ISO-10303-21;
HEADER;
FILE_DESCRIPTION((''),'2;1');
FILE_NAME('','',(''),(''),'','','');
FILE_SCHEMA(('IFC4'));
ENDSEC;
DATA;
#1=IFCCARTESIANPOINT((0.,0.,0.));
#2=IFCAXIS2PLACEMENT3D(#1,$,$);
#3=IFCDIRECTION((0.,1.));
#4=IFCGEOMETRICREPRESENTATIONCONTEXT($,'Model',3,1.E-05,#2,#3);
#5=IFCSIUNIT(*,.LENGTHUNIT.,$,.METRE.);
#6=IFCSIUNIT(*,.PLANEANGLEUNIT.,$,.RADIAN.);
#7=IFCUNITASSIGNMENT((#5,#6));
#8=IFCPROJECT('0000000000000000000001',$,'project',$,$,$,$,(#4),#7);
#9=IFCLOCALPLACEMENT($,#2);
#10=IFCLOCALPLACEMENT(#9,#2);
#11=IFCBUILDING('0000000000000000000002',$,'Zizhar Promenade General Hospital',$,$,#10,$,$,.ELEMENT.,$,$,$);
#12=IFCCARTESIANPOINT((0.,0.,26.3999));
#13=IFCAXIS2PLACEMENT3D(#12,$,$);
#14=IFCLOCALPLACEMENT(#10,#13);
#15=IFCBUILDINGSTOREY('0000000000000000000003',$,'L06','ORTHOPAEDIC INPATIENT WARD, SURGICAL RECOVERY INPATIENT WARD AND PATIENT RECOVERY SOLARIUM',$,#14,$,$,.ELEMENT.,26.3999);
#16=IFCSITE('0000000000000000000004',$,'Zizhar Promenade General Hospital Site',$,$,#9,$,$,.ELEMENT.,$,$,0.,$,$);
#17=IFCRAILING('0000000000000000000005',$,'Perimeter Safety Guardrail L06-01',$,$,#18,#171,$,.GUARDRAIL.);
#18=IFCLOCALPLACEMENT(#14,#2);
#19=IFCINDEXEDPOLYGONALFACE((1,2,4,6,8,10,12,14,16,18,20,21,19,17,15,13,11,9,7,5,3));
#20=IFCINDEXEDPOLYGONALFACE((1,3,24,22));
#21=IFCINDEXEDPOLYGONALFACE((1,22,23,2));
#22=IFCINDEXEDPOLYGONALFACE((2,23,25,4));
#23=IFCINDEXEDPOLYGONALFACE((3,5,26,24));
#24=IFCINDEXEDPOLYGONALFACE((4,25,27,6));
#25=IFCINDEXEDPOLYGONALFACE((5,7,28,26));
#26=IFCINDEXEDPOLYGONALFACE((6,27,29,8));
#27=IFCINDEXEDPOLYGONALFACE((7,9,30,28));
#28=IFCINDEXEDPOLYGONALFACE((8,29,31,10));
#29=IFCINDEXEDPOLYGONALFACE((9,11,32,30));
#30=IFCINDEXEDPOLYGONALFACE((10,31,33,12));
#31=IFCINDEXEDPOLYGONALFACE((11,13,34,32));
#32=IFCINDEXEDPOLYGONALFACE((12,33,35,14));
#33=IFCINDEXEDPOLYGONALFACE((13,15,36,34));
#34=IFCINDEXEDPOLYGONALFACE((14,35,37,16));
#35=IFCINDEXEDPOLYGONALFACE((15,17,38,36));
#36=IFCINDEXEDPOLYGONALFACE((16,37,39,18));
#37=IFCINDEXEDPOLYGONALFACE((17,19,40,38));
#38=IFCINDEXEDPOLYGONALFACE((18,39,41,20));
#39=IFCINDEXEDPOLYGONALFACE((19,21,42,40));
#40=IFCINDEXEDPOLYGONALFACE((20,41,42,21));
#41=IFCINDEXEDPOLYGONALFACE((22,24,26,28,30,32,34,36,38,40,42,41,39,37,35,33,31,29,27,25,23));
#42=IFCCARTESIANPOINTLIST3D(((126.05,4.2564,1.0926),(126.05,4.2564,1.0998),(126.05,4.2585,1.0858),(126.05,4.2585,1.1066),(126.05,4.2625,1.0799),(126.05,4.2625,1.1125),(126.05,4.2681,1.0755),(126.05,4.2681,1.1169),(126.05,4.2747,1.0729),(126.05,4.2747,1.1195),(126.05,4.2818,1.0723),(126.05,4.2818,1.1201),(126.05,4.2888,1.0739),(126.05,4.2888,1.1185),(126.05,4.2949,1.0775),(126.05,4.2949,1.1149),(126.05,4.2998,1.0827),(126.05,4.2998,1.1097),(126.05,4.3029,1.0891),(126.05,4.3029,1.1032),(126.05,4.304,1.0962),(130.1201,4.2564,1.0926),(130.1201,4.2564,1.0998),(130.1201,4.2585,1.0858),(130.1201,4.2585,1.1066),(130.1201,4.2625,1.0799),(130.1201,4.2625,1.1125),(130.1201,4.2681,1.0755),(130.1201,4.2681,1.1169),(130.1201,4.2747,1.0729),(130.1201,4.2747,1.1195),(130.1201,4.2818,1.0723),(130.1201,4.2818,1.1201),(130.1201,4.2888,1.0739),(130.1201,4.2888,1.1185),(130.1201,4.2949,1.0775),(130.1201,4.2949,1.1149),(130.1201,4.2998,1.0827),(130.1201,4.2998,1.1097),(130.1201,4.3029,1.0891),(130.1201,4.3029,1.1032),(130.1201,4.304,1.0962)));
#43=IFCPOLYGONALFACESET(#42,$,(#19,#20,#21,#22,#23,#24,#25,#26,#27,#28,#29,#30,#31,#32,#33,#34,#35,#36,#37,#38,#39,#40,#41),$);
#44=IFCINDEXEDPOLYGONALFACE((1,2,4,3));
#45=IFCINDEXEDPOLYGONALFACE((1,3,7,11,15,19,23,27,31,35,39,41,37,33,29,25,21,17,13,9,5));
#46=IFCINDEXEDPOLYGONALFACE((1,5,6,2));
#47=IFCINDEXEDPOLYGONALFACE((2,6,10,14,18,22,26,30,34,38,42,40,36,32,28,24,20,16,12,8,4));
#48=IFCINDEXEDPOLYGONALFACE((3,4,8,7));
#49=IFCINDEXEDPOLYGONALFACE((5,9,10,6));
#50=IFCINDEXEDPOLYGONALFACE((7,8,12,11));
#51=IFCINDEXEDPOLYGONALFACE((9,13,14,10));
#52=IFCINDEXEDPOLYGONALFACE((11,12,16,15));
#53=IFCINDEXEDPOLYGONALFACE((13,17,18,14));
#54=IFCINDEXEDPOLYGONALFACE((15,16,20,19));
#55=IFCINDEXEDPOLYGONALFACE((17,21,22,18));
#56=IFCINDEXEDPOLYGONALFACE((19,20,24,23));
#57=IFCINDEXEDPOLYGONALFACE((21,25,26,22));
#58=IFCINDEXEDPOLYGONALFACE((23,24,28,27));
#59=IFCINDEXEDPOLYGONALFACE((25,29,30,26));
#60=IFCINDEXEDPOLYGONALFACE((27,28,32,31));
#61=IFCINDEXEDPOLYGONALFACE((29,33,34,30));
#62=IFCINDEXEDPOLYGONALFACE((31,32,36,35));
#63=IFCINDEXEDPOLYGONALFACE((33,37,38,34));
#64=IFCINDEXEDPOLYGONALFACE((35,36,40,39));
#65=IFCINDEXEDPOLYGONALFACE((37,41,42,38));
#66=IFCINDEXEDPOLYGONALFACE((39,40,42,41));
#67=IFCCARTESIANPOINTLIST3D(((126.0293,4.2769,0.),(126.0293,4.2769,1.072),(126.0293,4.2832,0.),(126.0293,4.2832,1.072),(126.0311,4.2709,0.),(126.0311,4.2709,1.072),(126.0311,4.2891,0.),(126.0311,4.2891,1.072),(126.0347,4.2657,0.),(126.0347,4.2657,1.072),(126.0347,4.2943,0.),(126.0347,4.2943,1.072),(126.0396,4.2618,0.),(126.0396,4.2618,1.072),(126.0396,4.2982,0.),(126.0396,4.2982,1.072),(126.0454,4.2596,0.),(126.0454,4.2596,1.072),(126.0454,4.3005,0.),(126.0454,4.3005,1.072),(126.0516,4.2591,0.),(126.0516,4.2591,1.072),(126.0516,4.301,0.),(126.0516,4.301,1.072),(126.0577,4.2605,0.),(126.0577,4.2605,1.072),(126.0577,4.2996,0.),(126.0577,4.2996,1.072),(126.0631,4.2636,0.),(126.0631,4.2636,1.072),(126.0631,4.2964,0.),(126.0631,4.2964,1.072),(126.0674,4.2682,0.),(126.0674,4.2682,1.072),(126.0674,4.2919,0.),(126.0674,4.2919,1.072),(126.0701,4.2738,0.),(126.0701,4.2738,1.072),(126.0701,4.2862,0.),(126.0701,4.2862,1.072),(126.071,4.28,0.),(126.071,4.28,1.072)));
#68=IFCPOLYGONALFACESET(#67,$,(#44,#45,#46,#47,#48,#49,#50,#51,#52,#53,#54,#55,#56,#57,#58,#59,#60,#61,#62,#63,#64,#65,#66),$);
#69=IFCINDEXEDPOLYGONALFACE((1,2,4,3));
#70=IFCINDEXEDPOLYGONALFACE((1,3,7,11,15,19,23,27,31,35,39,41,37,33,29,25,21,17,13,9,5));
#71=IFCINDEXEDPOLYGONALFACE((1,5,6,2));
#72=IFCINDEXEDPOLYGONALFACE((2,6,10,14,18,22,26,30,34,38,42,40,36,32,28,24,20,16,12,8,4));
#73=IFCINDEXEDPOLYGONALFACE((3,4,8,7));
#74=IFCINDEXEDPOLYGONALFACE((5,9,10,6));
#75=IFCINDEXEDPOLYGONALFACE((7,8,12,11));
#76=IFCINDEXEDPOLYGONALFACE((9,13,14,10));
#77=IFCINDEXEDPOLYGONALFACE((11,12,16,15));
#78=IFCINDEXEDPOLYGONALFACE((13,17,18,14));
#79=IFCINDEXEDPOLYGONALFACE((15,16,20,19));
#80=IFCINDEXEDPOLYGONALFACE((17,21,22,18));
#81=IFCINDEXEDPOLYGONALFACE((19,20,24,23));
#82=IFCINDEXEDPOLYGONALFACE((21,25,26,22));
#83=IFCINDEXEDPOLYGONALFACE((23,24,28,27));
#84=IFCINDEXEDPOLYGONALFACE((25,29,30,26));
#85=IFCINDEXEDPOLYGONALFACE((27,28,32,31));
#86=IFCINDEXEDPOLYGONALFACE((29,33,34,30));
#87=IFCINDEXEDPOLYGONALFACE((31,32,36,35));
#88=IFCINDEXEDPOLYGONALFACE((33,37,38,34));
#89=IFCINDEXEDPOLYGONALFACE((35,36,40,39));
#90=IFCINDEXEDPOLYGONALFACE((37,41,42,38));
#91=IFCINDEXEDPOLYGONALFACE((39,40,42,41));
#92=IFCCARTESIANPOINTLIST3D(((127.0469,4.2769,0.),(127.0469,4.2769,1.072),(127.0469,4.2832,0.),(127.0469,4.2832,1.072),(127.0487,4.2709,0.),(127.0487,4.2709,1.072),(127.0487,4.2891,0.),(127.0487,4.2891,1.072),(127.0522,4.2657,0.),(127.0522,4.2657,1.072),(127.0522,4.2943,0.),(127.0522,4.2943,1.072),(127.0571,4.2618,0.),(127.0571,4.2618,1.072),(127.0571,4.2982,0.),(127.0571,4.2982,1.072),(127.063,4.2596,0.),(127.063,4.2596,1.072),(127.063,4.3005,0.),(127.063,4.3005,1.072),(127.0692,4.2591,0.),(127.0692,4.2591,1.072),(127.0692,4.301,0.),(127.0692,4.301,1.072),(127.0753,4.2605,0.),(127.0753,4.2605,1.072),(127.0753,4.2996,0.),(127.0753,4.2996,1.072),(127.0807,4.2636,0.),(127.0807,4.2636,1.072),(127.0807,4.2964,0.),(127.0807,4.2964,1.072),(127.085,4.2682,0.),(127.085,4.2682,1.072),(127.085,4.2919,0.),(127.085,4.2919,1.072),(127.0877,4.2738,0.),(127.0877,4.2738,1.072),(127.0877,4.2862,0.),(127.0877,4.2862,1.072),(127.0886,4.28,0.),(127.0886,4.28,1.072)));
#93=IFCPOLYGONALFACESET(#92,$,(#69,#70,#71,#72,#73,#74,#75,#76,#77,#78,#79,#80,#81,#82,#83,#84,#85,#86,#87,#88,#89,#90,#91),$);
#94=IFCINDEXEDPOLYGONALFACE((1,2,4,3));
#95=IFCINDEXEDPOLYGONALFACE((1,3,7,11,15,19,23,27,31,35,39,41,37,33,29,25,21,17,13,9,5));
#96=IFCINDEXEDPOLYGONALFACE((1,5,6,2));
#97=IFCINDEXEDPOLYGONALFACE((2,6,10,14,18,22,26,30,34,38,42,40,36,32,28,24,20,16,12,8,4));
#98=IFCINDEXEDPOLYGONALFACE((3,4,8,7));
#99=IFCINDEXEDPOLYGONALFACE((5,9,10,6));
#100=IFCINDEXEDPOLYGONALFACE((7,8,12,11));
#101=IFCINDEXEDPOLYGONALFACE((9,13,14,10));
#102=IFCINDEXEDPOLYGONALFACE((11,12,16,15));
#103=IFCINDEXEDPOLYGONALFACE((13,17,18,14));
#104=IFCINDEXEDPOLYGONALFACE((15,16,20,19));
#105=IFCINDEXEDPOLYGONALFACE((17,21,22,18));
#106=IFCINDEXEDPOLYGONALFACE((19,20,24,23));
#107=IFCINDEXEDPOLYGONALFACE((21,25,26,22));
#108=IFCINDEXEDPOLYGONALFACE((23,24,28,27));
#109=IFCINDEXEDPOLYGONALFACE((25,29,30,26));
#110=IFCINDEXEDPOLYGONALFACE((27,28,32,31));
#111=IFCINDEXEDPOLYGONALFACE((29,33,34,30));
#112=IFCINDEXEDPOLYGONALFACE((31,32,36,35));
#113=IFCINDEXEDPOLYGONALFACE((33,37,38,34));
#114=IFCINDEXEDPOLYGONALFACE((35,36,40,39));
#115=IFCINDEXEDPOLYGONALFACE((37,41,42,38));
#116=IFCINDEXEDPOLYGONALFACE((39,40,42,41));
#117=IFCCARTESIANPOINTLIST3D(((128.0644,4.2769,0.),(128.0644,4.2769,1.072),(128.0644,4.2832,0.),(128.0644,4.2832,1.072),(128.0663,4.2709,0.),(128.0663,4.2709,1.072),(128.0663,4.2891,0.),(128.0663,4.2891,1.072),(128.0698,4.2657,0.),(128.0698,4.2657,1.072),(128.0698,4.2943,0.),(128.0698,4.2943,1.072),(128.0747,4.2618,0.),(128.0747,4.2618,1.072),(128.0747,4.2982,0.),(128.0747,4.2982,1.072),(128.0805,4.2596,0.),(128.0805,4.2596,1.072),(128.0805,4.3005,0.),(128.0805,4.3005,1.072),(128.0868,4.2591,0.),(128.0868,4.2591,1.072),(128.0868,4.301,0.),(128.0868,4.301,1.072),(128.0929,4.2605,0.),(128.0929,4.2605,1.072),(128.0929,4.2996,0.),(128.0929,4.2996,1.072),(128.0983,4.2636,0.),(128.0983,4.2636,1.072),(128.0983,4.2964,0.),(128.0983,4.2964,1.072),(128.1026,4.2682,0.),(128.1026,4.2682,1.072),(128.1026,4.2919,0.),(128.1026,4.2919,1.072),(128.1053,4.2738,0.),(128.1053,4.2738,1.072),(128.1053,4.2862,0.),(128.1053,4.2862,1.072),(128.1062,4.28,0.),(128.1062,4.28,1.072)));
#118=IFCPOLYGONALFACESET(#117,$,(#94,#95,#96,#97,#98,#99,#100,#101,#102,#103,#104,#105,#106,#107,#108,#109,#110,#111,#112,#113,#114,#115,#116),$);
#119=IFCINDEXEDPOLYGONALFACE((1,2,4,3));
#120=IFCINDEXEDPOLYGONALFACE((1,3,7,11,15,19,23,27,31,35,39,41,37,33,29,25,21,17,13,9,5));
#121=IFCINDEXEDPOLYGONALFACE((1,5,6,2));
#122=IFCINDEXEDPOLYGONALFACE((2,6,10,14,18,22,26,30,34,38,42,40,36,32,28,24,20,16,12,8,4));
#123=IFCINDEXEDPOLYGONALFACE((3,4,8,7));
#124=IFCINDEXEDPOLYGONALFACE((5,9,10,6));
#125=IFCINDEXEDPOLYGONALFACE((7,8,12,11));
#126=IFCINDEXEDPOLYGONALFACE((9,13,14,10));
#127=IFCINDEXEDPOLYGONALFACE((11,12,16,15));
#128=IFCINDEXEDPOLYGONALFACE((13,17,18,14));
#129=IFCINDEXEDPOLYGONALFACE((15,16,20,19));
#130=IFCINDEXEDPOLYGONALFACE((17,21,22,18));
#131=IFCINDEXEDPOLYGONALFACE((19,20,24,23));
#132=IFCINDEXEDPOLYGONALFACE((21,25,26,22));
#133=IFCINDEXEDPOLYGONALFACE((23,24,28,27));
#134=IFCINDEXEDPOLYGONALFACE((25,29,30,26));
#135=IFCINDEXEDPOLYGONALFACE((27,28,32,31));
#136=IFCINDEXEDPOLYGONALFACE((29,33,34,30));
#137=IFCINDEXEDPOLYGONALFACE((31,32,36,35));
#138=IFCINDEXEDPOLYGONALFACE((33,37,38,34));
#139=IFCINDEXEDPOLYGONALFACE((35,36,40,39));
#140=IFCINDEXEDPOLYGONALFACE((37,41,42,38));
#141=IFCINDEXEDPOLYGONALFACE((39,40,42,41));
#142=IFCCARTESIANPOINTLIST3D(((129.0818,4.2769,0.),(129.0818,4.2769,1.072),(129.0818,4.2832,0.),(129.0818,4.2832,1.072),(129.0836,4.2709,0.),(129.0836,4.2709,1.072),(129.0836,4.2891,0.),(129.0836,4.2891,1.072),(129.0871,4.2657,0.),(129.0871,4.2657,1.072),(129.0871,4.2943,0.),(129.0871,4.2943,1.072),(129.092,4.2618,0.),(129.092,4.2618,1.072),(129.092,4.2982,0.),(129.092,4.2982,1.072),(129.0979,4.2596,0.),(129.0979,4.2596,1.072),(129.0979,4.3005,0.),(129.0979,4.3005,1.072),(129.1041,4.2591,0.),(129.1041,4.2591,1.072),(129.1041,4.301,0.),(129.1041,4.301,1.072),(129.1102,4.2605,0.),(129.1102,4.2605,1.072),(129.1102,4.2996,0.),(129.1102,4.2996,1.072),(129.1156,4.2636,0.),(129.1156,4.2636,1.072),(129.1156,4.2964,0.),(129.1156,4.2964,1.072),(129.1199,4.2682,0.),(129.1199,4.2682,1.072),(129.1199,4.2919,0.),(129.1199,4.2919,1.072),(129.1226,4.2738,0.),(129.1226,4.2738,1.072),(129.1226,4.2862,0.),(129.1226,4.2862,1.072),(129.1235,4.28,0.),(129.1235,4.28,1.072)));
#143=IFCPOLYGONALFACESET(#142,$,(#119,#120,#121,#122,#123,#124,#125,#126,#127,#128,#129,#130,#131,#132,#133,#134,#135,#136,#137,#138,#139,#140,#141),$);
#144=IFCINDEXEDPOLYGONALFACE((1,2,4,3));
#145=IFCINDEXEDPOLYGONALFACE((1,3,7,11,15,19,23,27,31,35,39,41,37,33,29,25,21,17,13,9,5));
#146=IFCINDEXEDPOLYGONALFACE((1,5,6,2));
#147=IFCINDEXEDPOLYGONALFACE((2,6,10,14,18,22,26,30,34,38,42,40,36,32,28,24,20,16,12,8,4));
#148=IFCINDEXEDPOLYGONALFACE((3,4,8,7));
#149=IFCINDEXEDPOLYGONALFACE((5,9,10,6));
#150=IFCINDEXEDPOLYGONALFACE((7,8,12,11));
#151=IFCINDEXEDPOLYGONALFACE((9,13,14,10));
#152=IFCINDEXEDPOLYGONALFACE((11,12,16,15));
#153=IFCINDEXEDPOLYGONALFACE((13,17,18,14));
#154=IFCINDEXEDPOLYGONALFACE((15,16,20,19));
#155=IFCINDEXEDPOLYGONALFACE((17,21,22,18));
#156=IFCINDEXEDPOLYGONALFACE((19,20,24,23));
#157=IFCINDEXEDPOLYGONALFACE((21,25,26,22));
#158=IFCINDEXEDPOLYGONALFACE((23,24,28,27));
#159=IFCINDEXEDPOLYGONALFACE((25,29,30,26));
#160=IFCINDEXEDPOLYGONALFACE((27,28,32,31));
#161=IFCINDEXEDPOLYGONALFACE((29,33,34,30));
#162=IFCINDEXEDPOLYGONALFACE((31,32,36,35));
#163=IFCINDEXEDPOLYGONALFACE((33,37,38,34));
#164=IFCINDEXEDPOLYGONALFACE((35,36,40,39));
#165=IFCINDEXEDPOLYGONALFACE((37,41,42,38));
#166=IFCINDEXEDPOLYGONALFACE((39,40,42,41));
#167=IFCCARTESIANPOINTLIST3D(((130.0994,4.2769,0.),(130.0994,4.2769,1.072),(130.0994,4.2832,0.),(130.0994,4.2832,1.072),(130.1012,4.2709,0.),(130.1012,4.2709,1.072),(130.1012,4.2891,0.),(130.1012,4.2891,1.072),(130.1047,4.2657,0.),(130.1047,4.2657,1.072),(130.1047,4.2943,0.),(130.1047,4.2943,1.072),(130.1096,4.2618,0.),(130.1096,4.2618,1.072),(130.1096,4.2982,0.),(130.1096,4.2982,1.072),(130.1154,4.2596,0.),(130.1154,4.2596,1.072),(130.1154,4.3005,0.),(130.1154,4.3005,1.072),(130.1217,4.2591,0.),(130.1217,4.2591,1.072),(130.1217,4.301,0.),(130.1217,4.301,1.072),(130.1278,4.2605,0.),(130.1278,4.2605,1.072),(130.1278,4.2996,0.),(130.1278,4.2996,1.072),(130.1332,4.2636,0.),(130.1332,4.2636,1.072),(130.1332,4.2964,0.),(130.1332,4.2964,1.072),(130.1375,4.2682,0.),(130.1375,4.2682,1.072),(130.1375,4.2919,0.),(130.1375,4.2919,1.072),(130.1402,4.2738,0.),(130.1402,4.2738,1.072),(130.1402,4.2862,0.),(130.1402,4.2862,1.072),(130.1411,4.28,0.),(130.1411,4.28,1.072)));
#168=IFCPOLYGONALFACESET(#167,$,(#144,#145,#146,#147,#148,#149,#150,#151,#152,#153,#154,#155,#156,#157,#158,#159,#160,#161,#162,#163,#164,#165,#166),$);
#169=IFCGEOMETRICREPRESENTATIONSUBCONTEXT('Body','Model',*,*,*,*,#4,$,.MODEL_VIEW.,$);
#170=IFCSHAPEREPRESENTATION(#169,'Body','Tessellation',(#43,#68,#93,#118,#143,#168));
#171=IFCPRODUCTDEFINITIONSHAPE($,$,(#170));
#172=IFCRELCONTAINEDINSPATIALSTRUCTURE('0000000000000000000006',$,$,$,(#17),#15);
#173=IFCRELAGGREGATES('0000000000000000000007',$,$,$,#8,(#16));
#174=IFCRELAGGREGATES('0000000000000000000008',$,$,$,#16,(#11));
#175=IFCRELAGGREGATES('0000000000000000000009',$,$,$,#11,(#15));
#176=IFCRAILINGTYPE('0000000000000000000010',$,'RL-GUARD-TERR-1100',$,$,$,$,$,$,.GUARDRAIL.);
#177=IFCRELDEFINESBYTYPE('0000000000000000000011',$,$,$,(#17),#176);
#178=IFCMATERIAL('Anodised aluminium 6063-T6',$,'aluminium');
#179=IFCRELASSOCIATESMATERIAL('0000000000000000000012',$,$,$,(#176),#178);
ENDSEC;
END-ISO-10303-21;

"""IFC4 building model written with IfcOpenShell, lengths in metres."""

from ifc_helpers import new_model, si_unit, direction, frame, origin, origin_2d, place, context, subcontext, project, spatial, circle, hollow_circle, extrude, material, material_profile, profile_set, type_object, element, save


model = new_model("IFC4")

# Units and contexts
model_context = context("Model", 3, precision=1e-05, world=origin(), true_north=direction((0.0, 1.0)))
body_context = subcontext(model_context, "Body", "Model", "MODEL_VIEW")
ifc_project = project(units=[si_unit("LENGTHUNIT", "METRE"), si_unit("PLANEANGLEUNIT", "RADIAN")], contexts=[model_context])

# Site, building, storey
site_placement = place(None, origin())
site = spatial("IfcSite", under=ifc_project, at=site_placement, Name="Zizhar Promenade General Hospital Site", CompositionType="ELEMENT", RefElevation=0.0)
building_placement = place(site_placement, origin())
building = spatial("IfcBuilding", under=site, at=building_placement, Name="Zizhar Promenade General Hospital", CompositionType="ELEMENT")
storey_placement = place(building_placement, frame((0.0, 0.0, 26.3999)))
storey = spatial("IfcBuildingStorey", under=building, at=storey_placement, Name="L06", Description="ORTHOPAEDIC INPATIENT WARD, SURGICAL RECOVERY INPATIENT WARD AND PATIENT RECOVERY SOLARIUM", CompositionType="ELEMENT", Elevation=26.3999)

# Railing
ifc_material_1 = material(Name="Anodised aluminium 6063-T6", Category="aluminium")
ifc_material_profile_1 = material_profile(ifc_material_1, hollow_circle(Radius=0.0698, WallThickness=0.0063, at=origin_2d()))
ifc_profile_set_1 = profile_set([ifc_material_profile_1], Name="Anodised aluminium 6063-T6")
railing_type = type_object("IfcRailingType", Name="RL-GUARD-TERR-1100", PredefinedType="GUARDRAIL", material=ifc_profile_set_1)
railing_1_placement = place(storey_placement, frame((126.05, 4.28, 0.0)))
element("IfcRailing", 1, at=railing_1_placement, inside=storey, type_object=railing_type, Name="Perimeter Safety Guardrail L06-01", PredefinedType="GUARDRAIL", context=body_context, shape_type="SweptSolid", body=[
    extrude(circle(Radius=0.0239, at=origin_2d()), frame((0.0, 0.0, 1.0962), z_axis=(1.0, 0.0, 0.0), x_axis=(0.0, 1.0, 0.0)), (0.0, 0.0, 1.0), 4.0701),
    extrude(circle(Radius=0.021, at=origin_2d()), origin(), (0.0, 0.0, 1.0), 1.072),
    extrude(circle(Radius=0.021, at=origin_2d()), frame((1.0176, 0.0, 0.0)), (0.0, 0.0, 1.0), 1.072),
    extrude(circle(Radius=0.021, at=origin_2d()), frame((2.0352, 0.0, 0.0)), (0.0, 0.0, 1.0), 1.072),
    extrude(circle(Radius=0.021, at=origin_2d()), frame((3.0525, 0.0, 0.0)), (0.0, 0.0, 1.0), 1.072),
    extrude(circle(Radius=0.021, at=origin_2d()), frame((4.0701, 0.0, 0.0)), (0.0, 0.0, 1.0), 1.072),
])

save(model, "model.ifc")
